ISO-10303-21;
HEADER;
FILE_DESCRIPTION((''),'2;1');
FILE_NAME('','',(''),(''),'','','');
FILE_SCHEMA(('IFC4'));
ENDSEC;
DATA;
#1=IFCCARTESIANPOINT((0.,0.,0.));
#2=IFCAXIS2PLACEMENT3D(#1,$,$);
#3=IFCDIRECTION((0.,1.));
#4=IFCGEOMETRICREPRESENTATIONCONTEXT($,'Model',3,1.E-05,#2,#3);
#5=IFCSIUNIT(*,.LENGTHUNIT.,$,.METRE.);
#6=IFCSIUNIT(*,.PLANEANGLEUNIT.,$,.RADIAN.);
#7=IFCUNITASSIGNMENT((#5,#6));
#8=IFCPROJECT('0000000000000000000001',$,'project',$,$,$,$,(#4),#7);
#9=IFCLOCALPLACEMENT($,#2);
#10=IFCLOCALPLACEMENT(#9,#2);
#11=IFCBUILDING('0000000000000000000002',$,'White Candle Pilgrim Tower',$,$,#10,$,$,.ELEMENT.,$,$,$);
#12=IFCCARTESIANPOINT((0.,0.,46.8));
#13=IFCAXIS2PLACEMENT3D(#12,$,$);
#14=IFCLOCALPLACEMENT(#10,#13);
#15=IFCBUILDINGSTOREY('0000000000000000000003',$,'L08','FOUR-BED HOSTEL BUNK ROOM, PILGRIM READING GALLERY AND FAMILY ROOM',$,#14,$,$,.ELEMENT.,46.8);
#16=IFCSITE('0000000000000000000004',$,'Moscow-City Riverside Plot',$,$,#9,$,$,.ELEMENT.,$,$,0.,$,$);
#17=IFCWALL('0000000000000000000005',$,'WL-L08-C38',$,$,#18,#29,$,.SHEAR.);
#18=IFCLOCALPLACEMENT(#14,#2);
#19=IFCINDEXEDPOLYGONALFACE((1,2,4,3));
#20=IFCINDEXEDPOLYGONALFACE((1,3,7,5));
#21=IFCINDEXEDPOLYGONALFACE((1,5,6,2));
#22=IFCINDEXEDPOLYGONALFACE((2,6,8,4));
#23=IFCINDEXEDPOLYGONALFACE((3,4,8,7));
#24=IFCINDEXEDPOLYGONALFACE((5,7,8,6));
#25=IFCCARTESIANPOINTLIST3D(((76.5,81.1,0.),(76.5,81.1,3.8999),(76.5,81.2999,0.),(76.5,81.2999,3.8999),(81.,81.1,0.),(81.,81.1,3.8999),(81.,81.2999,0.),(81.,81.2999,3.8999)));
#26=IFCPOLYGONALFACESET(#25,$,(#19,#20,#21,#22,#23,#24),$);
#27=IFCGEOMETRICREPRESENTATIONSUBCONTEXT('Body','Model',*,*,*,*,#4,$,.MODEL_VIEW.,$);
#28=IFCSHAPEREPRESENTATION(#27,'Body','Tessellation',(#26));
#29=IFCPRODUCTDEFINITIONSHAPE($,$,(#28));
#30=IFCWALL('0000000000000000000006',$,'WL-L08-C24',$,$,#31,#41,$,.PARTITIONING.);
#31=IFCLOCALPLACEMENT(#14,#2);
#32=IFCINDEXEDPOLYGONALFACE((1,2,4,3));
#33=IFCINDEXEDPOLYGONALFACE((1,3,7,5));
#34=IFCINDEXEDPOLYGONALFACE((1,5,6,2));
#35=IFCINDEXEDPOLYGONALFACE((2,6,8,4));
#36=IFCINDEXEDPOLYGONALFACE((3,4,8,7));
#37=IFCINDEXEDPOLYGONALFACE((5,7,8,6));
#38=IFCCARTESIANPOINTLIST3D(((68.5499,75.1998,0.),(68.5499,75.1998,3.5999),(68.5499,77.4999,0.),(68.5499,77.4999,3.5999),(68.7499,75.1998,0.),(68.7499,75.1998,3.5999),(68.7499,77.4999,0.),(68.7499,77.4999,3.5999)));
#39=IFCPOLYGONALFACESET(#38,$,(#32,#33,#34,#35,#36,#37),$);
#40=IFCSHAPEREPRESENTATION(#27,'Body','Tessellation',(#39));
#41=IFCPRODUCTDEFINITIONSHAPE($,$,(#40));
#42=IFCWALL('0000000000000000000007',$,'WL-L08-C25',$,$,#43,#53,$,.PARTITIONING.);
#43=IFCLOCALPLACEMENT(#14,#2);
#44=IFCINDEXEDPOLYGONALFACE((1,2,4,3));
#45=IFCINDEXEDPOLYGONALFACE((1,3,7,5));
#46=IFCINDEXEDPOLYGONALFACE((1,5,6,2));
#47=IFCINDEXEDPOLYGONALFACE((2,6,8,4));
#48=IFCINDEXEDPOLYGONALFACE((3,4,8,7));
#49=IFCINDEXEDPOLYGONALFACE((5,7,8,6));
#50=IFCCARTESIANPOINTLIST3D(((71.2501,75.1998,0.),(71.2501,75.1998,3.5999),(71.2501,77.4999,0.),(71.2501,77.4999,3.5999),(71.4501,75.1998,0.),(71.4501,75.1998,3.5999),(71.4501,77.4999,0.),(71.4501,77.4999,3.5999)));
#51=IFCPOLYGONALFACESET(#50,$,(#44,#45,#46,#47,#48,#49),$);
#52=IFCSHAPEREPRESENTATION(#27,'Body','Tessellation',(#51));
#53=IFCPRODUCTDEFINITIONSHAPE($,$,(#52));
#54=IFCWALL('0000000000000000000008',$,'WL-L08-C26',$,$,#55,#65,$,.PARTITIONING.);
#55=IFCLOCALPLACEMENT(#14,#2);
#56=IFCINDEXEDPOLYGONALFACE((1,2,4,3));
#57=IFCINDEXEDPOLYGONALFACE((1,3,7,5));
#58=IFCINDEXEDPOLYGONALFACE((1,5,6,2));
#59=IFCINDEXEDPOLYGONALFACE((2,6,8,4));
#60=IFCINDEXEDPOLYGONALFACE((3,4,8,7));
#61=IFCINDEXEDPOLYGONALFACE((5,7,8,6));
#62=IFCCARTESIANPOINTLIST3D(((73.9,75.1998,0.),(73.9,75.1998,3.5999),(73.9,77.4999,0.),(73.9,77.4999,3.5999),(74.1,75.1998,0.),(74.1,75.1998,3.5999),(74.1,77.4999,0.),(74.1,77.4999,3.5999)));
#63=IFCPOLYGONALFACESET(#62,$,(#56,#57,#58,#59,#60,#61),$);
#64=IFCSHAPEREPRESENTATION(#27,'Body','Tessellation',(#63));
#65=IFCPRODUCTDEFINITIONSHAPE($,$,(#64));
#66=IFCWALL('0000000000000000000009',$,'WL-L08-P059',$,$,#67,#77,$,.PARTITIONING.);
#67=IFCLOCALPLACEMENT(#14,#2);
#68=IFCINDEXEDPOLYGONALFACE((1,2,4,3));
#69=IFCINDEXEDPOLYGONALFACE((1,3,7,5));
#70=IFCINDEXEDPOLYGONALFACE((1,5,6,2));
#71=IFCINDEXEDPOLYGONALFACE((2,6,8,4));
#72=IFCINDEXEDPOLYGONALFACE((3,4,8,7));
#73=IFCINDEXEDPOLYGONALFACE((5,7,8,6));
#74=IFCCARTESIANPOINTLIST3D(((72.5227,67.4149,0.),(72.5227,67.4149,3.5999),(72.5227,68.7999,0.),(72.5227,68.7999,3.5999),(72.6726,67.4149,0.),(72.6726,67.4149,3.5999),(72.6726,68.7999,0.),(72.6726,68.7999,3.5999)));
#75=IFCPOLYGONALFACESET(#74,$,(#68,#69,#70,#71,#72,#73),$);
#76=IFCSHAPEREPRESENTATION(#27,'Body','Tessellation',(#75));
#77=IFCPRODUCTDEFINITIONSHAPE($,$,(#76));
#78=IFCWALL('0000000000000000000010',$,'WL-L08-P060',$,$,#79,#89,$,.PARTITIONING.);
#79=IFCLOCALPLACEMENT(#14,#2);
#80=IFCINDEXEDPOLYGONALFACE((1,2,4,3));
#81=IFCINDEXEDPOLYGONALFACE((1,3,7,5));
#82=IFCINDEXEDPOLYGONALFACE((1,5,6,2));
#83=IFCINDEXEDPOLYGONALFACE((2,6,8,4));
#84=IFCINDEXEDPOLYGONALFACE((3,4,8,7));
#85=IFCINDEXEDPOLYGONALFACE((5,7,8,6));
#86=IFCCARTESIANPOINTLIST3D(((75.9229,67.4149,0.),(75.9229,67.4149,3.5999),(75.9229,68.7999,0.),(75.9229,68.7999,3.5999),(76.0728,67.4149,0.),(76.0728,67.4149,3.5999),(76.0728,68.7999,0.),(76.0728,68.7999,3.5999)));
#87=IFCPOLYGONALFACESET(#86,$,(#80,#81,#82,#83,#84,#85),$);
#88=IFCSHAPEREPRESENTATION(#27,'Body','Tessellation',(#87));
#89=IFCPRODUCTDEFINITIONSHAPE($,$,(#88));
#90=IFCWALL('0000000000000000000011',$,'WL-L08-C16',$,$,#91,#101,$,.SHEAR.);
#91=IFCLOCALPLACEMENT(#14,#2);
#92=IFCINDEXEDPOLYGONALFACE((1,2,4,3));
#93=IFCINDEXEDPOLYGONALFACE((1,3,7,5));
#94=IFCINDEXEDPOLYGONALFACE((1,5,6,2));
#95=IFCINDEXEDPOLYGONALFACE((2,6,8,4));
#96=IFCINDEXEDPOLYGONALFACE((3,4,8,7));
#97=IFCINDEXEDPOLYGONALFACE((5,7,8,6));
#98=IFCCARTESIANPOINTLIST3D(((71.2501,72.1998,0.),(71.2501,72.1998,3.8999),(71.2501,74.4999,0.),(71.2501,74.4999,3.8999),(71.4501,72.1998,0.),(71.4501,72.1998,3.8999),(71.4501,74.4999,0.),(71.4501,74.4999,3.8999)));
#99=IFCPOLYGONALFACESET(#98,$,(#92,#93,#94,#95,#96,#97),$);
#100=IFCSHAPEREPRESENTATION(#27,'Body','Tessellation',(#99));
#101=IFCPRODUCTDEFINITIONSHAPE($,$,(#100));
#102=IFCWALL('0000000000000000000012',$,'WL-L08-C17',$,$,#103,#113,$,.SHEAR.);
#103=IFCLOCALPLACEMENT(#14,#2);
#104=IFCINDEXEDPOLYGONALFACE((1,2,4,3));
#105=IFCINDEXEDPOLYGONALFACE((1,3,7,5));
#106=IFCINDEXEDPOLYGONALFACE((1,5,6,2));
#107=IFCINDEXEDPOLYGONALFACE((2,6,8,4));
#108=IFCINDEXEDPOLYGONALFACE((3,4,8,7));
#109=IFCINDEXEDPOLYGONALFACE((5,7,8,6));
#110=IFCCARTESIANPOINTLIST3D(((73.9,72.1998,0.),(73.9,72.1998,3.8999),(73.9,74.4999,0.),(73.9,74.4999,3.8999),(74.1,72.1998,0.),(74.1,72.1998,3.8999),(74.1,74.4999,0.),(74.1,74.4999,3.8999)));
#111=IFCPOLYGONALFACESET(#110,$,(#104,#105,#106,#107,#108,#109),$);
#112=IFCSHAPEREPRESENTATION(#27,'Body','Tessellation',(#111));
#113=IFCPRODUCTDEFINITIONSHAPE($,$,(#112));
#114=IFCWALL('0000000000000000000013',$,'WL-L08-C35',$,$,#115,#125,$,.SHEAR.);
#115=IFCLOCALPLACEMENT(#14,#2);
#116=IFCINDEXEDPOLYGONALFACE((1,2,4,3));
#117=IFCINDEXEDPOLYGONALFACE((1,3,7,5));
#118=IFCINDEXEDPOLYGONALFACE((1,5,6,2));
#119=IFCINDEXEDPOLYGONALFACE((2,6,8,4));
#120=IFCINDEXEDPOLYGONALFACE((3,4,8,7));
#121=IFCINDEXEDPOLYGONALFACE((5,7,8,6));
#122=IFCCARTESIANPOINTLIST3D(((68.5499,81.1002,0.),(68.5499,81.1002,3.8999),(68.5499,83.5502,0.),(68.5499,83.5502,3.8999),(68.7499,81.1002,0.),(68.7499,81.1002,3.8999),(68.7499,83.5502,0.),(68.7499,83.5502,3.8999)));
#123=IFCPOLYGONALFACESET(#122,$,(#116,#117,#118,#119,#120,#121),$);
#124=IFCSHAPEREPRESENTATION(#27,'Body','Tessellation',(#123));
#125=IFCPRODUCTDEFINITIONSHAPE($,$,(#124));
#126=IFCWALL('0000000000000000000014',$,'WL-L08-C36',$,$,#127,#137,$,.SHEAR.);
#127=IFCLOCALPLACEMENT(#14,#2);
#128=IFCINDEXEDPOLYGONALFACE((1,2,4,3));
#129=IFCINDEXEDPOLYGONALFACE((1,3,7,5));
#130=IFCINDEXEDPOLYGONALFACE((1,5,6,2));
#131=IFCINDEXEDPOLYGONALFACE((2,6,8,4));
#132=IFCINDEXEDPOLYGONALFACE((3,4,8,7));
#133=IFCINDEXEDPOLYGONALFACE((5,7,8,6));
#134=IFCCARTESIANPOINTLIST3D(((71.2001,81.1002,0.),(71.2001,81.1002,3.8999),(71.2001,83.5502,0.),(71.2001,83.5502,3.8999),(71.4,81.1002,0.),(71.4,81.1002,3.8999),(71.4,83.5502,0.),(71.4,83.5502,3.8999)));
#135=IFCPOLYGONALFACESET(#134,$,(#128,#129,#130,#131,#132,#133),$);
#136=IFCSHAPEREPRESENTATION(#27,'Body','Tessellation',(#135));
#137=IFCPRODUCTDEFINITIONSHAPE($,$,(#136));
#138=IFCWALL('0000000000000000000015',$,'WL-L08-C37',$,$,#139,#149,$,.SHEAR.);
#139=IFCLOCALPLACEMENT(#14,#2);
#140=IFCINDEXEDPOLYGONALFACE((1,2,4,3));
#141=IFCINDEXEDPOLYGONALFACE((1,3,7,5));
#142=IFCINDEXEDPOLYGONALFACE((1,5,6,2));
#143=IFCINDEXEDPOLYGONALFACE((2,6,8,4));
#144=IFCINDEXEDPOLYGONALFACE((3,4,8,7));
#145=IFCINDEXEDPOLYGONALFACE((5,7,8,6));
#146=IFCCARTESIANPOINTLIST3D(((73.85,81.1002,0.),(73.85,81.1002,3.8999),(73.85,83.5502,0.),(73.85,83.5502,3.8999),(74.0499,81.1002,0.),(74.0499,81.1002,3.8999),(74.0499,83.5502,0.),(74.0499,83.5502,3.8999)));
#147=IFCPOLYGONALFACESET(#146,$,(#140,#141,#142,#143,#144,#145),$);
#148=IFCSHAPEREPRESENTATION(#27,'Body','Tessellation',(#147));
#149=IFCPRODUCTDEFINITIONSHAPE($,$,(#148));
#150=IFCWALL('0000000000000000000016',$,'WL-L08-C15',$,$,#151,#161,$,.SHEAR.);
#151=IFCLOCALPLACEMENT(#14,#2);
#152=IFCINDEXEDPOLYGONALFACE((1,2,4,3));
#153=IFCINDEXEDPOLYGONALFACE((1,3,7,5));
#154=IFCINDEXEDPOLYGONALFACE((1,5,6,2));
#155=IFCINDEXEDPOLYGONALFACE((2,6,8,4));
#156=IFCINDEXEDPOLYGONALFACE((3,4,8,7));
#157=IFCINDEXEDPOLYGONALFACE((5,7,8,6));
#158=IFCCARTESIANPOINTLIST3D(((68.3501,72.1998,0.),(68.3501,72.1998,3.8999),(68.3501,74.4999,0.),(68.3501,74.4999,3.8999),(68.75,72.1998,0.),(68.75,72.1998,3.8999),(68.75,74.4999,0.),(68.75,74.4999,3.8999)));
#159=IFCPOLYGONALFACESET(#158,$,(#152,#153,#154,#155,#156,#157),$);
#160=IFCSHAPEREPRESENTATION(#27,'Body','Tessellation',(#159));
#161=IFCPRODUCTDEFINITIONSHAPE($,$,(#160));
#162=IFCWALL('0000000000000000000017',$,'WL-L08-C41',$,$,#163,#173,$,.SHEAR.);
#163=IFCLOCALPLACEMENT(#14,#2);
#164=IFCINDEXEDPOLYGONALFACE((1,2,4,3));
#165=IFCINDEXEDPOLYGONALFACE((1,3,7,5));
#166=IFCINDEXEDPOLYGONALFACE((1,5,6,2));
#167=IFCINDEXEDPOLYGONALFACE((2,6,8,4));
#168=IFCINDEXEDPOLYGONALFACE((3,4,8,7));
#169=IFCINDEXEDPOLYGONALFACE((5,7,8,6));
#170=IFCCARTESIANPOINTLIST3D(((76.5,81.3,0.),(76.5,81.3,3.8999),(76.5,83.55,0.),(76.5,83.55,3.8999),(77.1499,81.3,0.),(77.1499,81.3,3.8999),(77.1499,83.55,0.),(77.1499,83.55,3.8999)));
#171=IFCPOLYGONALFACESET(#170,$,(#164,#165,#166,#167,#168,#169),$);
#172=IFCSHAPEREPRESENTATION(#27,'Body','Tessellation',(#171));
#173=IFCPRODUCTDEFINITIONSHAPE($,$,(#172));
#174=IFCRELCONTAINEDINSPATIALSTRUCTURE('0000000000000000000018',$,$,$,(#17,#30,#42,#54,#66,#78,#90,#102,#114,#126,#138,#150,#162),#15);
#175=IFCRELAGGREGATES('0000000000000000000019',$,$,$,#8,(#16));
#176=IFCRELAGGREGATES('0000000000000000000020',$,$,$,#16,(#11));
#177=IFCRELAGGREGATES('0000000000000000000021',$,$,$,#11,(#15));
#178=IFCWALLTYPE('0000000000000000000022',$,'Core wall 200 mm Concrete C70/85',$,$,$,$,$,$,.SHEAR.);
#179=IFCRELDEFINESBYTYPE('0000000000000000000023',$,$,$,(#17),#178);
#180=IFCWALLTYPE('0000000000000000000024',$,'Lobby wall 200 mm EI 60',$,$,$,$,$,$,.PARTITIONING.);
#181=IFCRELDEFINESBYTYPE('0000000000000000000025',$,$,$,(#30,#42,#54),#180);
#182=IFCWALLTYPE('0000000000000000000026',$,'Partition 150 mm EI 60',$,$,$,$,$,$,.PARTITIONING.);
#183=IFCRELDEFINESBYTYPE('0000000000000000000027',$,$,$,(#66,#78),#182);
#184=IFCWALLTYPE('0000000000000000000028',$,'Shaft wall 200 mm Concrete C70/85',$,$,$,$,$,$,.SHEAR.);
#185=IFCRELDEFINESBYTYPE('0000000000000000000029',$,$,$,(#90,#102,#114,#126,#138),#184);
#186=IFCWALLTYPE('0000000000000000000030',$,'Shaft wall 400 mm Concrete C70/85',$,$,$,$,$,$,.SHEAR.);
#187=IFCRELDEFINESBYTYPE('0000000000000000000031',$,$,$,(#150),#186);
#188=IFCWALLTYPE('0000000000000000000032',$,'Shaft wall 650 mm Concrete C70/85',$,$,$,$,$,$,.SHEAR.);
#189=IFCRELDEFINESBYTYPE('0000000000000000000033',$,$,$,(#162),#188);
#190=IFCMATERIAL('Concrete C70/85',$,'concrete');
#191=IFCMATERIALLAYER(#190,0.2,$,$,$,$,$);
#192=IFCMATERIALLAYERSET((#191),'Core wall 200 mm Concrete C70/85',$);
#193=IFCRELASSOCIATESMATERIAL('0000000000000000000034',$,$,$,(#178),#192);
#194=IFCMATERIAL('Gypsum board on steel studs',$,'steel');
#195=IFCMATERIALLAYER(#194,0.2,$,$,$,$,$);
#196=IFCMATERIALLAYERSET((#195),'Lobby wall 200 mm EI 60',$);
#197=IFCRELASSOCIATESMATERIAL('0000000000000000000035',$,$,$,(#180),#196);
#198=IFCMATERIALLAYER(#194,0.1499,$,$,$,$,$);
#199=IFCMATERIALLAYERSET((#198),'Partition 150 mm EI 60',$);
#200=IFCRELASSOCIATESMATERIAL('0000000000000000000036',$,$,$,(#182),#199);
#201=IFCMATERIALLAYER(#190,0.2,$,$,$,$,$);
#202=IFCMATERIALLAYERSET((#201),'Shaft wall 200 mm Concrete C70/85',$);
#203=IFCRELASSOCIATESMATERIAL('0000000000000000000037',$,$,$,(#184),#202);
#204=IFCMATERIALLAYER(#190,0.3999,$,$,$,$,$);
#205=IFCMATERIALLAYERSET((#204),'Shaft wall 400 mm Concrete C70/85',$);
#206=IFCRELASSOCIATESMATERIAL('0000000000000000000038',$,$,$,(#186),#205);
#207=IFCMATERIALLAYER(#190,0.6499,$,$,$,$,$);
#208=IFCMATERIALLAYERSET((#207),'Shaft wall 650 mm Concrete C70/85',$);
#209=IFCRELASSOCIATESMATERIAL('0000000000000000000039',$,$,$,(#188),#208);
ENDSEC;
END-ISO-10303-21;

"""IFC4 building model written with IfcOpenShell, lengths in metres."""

from ifc_helpers import new_model, si_unit, direction, frame, frame_2d, origin, place, context, subcontext, project, spatial, rectangle, extrude, material, layer, layer_set, type_object, element, save


model = new_model("IFC4")

# Units and contexts
model_context = context("Model", 3, precision=1e-05, world=origin(), true_north=direction((0.0, 1.0)))
body_context = subcontext(model_context, "Body", "Model", "MODEL_VIEW")
ifc_project = project(units=[si_unit("LENGTHUNIT", "METRE"), si_unit("PLANEANGLEUNIT", "RADIAN")], contexts=[model_context])

# Site, building, storey
site_placement = place(None, origin())
site = spatial("IfcSite", under=ifc_project, at=site_placement, Name="Moscow-City Riverside Plot", CompositionType="ELEMENT", RefElevation=0.0)
building_placement = place(site_placement, origin())
building = spatial("IfcBuilding", under=site, at=building_placement, Name="White Candle Pilgrim Tower", CompositionType="ELEMENT")
storey_placement = place(building_placement, frame((0.0, 0.0, 46.8)))
storey = spatial("IfcBuildingStorey", under=building, at=storey_placement, Name="L08", Description="FOUR-BED HOSTEL BUNK ROOM, PILGRIM READING GALLERY AND FAMILY ROOM", CompositionType="ELEMENT", Elevation=46.8)

# Walls
ifc_material_1 = material(Name="Concrete C70/85", Category="concrete")
ifc_layer_1 = layer(ifc_material_1, 0.2)
ifc_layer_set_1 = layer_set([ifc_layer_1], Name="Core wall 200 mm Concrete C70/85")
wall_type_1 = type_object("IfcWallType", Name="Core wall 200 mm Concrete C70/85", PredefinedType="SHEAR", material=ifc_layer_set_1)
wall_1_placement = place(storey_placement, frame((76.5, 81.2, 0.0), z_axis=(0.0, 0.0, 1.0), x_axis=(1.0, 0.0, 0.0)))
element("IfcWall", 1, at=wall_1_placement, inside=storey, type_object=wall_type_1, Name="WL-L08-C38", PredefinedType="SHEAR", context=body_context, shape_type="SweptSolid", body=[
    extrude(rectangle(XDim=4.5, YDim=0.2, at=frame_2d((2.25, 0.0))), origin(), (0.0, 0.0, 1.0), 3.8999),
])
ifc_material_2 = material(Name="Gypsum board on steel studs", Category="steel")
ifc_layer_2 = layer(ifc_material_2, 0.2)
ifc_layer_set_2 = layer_set([ifc_layer_2], Name="Lobby wall 200 mm EI 60")
wall_type_2 = type_object("IfcWallType", Name="Lobby wall 200 mm EI 60", PredefinedType="PARTITIONING", material=ifc_layer_set_2)
for number, where, z_axis, x_axis, name in (
    (2, (68.6499, 75.2, 0.0), (0.0, 0.0, 1.0), (0.0, 1.0, 0.0), "WL-L08-C24"),
    (3, (71.3501, 75.2, 0.0), (0.0, 0.0, 1.0), (0.0, 1.0, 0.0), "WL-L08-C25"),
    (4, (74.0, 75.2, 0.0), (0.0, 0.0, 1.0), (0.0, 1.0, 0.0), "WL-L08-C26"),
):
    element("IfcWall", number, at=place(storey_placement, frame(where, z_axis=z_axis, x_axis=x_axis)), inside=storey, type_object=wall_type_2, Name=name, PredefinedType="PARTITIONING", context=body_context, shape_type="SweptSolid", body=[
        extrude(rectangle(XDim=2.3, YDim=0.2, at=frame_2d((1.1499, 0.0))), origin(), (0.0, 0.0, 1.0), 3.5999),
    ])
ifc_layer_3 = layer(ifc_material_2, 0.1499)
ifc_layer_set_3 = layer_set([ifc_layer_3], Name="Partition 150 mm EI 60")
wall_type_3 = type_object("IfcWallType", Name="Partition 150 mm EI 60", PredefinedType="PARTITIONING", material=ifc_layer_set_3)
for number, where, z_axis, x_axis, name in (
    (5, (72.5977, 67.415, 0.0), (0.0, 0.0, 1.0), (0.0, 1.0, 0.0), "WL-L08-P059"),
    (6, (75.9978, 67.415, 0.0), (0.0, 0.0, 1.0), (0.0, 1.0, 0.0), "WL-L08-P060"),
):
    element("IfcWall", number, at=place(storey_placement, frame(where, z_axis=z_axis, x_axis=x_axis)), inside=storey, type_object=wall_type_3, Name=name, PredefinedType="PARTITIONING", context=body_context, shape_type="SweptSolid", body=[
        extrude(rectangle(XDim=1.385, YDim=0.1499, at=frame_2d((0.6924, 0.0))), origin(), (0.0, 0.0, 1.0), 3.5999),
    ])
ifc_layer_4 = layer(ifc_material_1, 0.2)
ifc_layer_set_4 = layer_set([ifc_layer_4], Name="Shaft wall 200 mm Concrete C70/85")
wall_type_4 = type_object("IfcWallType", Name="Shaft wall 200 mm Concrete C70/85", PredefinedType="SHEAR", material=ifc_layer_set_4)
for number, where, z_axis, x_axis, name in (
    (7, (71.3501, 72.2, 0.0), (0.0, 0.0, 1.0), (0.0, 1.0, 0.0), "WL-L08-C16"),
    (8, (74.0, 72.2, 0.0), (0.0, 0.0, 1.0), (0.0, 1.0, 0.0), "WL-L08-C17"),
):
    element("IfcWall", number, at=place(storey_placement, frame(where, z_axis=z_axis, x_axis=x_axis)), inside=storey, type_object=wall_type_4, Name=name, PredefinedType="SHEAR", context=body_context, shape_type="SweptSolid", body=[
        extrude(rectangle(XDim=2.3, YDim=0.2, at=frame_2d((1.1499, 0.0))), origin(), (0.0, 0.0, 1.0), 3.8999),
    ])
for number, where, z_axis, x_axis, name in (
    (9, (68.6499, 81.1001, 0.0), (0.0, 0.0, 1.0), (0.0, 1.0, 0.0), "WL-L08-C35"),
    (10, (71.3, 81.1001, 0.0), (0.0, 0.0, 1.0), (0.0, 1.0, 0.0), "WL-L08-C36"),
    (11, (73.95, 81.1001, 0.0), (0.0, 0.0, 1.0), (0.0, 1.0, 0.0), "WL-L08-C37"),
):
    element("IfcWall", number, at=place(storey_placement, frame(where, z_axis=z_axis, x_axis=x_axis)), inside=storey, type_object=wall_type_4, Name=name, PredefinedType="SHEAR", context=body_context, shape_type="SweptSolid", body=[
        extrude(rectangle(XDim=2.45, YDim=0.2, at=frame_2d((1.2251, 0.0))), origin(), (0.0, 0.0, 1.0), 3.8999),
    ])
ifc_layer_5 = layer(ifc_material_1, 0.3999)
ifc_layer_set_5 = layer_set([ifc_layer_5], Name="Shaft wall 400 mm Concrete C70/85")
wall_type_5 = type_object("IfcWallType", Name="Shaft wall 400 mm Concrete C70/85", PredefinedType="SHEAR", material=ifc_layer_set_5)
wall_2_placement = place(storey_placement, frame((68.55, 72.2, 0.0), z_axis=(0.0, 0.0, 1.0), x_axis=(0.0, 1.0, 0.0)))
element("IfcWall", 12, at=wall_2_placement, inside=storey, type_object=wall_type_5, Name="WL-L08-C15", PredefinedType="SHEAR", context=body_context, shape_type="SweptSolid", body=[
    extrude(rectangle(XDim=2.3, YDim=0.3999, at=frame_2d((1.1499, 0.0))), origin(), (0.0, 0.0, 1.0), 3.8999),
])
ifc_layer_6 = layer(ifc_material_1, 0.6499)
ifc_layer_set_6 = layer_set([ifc_layer_6], Name="Shaft wall 650 mm Concrete C70/85")
wall_type_6 = type_object("IfcWallType", Name="Shaft wall 650 mm Concrete C70/85", PredefinedType="SHEAR", material=ifc_layer_set_6)
wall_3_placement = place(storey_placement, frame((76.825, 81.3, 0.0), z_axis=(0.0, 0.0, 1.0), x_axis=(0.0, 1.0, 0.0)))
element("IfcWall", 13, at=wall_3_placement, inside=storey, type_object=wall_type_6, Name="WL-L08-C41", PredefinedType="SHEAR", context=body_context, shape_type="SweptSolid", body=[
    extrude(rectangle(XDim=2.25, YDim=0.6499, at=frame_2d((1.125, 0.0))), origin(), (0.0, 0.0, 1.0), 3.8999),
])

save(model, "model.ifc")
